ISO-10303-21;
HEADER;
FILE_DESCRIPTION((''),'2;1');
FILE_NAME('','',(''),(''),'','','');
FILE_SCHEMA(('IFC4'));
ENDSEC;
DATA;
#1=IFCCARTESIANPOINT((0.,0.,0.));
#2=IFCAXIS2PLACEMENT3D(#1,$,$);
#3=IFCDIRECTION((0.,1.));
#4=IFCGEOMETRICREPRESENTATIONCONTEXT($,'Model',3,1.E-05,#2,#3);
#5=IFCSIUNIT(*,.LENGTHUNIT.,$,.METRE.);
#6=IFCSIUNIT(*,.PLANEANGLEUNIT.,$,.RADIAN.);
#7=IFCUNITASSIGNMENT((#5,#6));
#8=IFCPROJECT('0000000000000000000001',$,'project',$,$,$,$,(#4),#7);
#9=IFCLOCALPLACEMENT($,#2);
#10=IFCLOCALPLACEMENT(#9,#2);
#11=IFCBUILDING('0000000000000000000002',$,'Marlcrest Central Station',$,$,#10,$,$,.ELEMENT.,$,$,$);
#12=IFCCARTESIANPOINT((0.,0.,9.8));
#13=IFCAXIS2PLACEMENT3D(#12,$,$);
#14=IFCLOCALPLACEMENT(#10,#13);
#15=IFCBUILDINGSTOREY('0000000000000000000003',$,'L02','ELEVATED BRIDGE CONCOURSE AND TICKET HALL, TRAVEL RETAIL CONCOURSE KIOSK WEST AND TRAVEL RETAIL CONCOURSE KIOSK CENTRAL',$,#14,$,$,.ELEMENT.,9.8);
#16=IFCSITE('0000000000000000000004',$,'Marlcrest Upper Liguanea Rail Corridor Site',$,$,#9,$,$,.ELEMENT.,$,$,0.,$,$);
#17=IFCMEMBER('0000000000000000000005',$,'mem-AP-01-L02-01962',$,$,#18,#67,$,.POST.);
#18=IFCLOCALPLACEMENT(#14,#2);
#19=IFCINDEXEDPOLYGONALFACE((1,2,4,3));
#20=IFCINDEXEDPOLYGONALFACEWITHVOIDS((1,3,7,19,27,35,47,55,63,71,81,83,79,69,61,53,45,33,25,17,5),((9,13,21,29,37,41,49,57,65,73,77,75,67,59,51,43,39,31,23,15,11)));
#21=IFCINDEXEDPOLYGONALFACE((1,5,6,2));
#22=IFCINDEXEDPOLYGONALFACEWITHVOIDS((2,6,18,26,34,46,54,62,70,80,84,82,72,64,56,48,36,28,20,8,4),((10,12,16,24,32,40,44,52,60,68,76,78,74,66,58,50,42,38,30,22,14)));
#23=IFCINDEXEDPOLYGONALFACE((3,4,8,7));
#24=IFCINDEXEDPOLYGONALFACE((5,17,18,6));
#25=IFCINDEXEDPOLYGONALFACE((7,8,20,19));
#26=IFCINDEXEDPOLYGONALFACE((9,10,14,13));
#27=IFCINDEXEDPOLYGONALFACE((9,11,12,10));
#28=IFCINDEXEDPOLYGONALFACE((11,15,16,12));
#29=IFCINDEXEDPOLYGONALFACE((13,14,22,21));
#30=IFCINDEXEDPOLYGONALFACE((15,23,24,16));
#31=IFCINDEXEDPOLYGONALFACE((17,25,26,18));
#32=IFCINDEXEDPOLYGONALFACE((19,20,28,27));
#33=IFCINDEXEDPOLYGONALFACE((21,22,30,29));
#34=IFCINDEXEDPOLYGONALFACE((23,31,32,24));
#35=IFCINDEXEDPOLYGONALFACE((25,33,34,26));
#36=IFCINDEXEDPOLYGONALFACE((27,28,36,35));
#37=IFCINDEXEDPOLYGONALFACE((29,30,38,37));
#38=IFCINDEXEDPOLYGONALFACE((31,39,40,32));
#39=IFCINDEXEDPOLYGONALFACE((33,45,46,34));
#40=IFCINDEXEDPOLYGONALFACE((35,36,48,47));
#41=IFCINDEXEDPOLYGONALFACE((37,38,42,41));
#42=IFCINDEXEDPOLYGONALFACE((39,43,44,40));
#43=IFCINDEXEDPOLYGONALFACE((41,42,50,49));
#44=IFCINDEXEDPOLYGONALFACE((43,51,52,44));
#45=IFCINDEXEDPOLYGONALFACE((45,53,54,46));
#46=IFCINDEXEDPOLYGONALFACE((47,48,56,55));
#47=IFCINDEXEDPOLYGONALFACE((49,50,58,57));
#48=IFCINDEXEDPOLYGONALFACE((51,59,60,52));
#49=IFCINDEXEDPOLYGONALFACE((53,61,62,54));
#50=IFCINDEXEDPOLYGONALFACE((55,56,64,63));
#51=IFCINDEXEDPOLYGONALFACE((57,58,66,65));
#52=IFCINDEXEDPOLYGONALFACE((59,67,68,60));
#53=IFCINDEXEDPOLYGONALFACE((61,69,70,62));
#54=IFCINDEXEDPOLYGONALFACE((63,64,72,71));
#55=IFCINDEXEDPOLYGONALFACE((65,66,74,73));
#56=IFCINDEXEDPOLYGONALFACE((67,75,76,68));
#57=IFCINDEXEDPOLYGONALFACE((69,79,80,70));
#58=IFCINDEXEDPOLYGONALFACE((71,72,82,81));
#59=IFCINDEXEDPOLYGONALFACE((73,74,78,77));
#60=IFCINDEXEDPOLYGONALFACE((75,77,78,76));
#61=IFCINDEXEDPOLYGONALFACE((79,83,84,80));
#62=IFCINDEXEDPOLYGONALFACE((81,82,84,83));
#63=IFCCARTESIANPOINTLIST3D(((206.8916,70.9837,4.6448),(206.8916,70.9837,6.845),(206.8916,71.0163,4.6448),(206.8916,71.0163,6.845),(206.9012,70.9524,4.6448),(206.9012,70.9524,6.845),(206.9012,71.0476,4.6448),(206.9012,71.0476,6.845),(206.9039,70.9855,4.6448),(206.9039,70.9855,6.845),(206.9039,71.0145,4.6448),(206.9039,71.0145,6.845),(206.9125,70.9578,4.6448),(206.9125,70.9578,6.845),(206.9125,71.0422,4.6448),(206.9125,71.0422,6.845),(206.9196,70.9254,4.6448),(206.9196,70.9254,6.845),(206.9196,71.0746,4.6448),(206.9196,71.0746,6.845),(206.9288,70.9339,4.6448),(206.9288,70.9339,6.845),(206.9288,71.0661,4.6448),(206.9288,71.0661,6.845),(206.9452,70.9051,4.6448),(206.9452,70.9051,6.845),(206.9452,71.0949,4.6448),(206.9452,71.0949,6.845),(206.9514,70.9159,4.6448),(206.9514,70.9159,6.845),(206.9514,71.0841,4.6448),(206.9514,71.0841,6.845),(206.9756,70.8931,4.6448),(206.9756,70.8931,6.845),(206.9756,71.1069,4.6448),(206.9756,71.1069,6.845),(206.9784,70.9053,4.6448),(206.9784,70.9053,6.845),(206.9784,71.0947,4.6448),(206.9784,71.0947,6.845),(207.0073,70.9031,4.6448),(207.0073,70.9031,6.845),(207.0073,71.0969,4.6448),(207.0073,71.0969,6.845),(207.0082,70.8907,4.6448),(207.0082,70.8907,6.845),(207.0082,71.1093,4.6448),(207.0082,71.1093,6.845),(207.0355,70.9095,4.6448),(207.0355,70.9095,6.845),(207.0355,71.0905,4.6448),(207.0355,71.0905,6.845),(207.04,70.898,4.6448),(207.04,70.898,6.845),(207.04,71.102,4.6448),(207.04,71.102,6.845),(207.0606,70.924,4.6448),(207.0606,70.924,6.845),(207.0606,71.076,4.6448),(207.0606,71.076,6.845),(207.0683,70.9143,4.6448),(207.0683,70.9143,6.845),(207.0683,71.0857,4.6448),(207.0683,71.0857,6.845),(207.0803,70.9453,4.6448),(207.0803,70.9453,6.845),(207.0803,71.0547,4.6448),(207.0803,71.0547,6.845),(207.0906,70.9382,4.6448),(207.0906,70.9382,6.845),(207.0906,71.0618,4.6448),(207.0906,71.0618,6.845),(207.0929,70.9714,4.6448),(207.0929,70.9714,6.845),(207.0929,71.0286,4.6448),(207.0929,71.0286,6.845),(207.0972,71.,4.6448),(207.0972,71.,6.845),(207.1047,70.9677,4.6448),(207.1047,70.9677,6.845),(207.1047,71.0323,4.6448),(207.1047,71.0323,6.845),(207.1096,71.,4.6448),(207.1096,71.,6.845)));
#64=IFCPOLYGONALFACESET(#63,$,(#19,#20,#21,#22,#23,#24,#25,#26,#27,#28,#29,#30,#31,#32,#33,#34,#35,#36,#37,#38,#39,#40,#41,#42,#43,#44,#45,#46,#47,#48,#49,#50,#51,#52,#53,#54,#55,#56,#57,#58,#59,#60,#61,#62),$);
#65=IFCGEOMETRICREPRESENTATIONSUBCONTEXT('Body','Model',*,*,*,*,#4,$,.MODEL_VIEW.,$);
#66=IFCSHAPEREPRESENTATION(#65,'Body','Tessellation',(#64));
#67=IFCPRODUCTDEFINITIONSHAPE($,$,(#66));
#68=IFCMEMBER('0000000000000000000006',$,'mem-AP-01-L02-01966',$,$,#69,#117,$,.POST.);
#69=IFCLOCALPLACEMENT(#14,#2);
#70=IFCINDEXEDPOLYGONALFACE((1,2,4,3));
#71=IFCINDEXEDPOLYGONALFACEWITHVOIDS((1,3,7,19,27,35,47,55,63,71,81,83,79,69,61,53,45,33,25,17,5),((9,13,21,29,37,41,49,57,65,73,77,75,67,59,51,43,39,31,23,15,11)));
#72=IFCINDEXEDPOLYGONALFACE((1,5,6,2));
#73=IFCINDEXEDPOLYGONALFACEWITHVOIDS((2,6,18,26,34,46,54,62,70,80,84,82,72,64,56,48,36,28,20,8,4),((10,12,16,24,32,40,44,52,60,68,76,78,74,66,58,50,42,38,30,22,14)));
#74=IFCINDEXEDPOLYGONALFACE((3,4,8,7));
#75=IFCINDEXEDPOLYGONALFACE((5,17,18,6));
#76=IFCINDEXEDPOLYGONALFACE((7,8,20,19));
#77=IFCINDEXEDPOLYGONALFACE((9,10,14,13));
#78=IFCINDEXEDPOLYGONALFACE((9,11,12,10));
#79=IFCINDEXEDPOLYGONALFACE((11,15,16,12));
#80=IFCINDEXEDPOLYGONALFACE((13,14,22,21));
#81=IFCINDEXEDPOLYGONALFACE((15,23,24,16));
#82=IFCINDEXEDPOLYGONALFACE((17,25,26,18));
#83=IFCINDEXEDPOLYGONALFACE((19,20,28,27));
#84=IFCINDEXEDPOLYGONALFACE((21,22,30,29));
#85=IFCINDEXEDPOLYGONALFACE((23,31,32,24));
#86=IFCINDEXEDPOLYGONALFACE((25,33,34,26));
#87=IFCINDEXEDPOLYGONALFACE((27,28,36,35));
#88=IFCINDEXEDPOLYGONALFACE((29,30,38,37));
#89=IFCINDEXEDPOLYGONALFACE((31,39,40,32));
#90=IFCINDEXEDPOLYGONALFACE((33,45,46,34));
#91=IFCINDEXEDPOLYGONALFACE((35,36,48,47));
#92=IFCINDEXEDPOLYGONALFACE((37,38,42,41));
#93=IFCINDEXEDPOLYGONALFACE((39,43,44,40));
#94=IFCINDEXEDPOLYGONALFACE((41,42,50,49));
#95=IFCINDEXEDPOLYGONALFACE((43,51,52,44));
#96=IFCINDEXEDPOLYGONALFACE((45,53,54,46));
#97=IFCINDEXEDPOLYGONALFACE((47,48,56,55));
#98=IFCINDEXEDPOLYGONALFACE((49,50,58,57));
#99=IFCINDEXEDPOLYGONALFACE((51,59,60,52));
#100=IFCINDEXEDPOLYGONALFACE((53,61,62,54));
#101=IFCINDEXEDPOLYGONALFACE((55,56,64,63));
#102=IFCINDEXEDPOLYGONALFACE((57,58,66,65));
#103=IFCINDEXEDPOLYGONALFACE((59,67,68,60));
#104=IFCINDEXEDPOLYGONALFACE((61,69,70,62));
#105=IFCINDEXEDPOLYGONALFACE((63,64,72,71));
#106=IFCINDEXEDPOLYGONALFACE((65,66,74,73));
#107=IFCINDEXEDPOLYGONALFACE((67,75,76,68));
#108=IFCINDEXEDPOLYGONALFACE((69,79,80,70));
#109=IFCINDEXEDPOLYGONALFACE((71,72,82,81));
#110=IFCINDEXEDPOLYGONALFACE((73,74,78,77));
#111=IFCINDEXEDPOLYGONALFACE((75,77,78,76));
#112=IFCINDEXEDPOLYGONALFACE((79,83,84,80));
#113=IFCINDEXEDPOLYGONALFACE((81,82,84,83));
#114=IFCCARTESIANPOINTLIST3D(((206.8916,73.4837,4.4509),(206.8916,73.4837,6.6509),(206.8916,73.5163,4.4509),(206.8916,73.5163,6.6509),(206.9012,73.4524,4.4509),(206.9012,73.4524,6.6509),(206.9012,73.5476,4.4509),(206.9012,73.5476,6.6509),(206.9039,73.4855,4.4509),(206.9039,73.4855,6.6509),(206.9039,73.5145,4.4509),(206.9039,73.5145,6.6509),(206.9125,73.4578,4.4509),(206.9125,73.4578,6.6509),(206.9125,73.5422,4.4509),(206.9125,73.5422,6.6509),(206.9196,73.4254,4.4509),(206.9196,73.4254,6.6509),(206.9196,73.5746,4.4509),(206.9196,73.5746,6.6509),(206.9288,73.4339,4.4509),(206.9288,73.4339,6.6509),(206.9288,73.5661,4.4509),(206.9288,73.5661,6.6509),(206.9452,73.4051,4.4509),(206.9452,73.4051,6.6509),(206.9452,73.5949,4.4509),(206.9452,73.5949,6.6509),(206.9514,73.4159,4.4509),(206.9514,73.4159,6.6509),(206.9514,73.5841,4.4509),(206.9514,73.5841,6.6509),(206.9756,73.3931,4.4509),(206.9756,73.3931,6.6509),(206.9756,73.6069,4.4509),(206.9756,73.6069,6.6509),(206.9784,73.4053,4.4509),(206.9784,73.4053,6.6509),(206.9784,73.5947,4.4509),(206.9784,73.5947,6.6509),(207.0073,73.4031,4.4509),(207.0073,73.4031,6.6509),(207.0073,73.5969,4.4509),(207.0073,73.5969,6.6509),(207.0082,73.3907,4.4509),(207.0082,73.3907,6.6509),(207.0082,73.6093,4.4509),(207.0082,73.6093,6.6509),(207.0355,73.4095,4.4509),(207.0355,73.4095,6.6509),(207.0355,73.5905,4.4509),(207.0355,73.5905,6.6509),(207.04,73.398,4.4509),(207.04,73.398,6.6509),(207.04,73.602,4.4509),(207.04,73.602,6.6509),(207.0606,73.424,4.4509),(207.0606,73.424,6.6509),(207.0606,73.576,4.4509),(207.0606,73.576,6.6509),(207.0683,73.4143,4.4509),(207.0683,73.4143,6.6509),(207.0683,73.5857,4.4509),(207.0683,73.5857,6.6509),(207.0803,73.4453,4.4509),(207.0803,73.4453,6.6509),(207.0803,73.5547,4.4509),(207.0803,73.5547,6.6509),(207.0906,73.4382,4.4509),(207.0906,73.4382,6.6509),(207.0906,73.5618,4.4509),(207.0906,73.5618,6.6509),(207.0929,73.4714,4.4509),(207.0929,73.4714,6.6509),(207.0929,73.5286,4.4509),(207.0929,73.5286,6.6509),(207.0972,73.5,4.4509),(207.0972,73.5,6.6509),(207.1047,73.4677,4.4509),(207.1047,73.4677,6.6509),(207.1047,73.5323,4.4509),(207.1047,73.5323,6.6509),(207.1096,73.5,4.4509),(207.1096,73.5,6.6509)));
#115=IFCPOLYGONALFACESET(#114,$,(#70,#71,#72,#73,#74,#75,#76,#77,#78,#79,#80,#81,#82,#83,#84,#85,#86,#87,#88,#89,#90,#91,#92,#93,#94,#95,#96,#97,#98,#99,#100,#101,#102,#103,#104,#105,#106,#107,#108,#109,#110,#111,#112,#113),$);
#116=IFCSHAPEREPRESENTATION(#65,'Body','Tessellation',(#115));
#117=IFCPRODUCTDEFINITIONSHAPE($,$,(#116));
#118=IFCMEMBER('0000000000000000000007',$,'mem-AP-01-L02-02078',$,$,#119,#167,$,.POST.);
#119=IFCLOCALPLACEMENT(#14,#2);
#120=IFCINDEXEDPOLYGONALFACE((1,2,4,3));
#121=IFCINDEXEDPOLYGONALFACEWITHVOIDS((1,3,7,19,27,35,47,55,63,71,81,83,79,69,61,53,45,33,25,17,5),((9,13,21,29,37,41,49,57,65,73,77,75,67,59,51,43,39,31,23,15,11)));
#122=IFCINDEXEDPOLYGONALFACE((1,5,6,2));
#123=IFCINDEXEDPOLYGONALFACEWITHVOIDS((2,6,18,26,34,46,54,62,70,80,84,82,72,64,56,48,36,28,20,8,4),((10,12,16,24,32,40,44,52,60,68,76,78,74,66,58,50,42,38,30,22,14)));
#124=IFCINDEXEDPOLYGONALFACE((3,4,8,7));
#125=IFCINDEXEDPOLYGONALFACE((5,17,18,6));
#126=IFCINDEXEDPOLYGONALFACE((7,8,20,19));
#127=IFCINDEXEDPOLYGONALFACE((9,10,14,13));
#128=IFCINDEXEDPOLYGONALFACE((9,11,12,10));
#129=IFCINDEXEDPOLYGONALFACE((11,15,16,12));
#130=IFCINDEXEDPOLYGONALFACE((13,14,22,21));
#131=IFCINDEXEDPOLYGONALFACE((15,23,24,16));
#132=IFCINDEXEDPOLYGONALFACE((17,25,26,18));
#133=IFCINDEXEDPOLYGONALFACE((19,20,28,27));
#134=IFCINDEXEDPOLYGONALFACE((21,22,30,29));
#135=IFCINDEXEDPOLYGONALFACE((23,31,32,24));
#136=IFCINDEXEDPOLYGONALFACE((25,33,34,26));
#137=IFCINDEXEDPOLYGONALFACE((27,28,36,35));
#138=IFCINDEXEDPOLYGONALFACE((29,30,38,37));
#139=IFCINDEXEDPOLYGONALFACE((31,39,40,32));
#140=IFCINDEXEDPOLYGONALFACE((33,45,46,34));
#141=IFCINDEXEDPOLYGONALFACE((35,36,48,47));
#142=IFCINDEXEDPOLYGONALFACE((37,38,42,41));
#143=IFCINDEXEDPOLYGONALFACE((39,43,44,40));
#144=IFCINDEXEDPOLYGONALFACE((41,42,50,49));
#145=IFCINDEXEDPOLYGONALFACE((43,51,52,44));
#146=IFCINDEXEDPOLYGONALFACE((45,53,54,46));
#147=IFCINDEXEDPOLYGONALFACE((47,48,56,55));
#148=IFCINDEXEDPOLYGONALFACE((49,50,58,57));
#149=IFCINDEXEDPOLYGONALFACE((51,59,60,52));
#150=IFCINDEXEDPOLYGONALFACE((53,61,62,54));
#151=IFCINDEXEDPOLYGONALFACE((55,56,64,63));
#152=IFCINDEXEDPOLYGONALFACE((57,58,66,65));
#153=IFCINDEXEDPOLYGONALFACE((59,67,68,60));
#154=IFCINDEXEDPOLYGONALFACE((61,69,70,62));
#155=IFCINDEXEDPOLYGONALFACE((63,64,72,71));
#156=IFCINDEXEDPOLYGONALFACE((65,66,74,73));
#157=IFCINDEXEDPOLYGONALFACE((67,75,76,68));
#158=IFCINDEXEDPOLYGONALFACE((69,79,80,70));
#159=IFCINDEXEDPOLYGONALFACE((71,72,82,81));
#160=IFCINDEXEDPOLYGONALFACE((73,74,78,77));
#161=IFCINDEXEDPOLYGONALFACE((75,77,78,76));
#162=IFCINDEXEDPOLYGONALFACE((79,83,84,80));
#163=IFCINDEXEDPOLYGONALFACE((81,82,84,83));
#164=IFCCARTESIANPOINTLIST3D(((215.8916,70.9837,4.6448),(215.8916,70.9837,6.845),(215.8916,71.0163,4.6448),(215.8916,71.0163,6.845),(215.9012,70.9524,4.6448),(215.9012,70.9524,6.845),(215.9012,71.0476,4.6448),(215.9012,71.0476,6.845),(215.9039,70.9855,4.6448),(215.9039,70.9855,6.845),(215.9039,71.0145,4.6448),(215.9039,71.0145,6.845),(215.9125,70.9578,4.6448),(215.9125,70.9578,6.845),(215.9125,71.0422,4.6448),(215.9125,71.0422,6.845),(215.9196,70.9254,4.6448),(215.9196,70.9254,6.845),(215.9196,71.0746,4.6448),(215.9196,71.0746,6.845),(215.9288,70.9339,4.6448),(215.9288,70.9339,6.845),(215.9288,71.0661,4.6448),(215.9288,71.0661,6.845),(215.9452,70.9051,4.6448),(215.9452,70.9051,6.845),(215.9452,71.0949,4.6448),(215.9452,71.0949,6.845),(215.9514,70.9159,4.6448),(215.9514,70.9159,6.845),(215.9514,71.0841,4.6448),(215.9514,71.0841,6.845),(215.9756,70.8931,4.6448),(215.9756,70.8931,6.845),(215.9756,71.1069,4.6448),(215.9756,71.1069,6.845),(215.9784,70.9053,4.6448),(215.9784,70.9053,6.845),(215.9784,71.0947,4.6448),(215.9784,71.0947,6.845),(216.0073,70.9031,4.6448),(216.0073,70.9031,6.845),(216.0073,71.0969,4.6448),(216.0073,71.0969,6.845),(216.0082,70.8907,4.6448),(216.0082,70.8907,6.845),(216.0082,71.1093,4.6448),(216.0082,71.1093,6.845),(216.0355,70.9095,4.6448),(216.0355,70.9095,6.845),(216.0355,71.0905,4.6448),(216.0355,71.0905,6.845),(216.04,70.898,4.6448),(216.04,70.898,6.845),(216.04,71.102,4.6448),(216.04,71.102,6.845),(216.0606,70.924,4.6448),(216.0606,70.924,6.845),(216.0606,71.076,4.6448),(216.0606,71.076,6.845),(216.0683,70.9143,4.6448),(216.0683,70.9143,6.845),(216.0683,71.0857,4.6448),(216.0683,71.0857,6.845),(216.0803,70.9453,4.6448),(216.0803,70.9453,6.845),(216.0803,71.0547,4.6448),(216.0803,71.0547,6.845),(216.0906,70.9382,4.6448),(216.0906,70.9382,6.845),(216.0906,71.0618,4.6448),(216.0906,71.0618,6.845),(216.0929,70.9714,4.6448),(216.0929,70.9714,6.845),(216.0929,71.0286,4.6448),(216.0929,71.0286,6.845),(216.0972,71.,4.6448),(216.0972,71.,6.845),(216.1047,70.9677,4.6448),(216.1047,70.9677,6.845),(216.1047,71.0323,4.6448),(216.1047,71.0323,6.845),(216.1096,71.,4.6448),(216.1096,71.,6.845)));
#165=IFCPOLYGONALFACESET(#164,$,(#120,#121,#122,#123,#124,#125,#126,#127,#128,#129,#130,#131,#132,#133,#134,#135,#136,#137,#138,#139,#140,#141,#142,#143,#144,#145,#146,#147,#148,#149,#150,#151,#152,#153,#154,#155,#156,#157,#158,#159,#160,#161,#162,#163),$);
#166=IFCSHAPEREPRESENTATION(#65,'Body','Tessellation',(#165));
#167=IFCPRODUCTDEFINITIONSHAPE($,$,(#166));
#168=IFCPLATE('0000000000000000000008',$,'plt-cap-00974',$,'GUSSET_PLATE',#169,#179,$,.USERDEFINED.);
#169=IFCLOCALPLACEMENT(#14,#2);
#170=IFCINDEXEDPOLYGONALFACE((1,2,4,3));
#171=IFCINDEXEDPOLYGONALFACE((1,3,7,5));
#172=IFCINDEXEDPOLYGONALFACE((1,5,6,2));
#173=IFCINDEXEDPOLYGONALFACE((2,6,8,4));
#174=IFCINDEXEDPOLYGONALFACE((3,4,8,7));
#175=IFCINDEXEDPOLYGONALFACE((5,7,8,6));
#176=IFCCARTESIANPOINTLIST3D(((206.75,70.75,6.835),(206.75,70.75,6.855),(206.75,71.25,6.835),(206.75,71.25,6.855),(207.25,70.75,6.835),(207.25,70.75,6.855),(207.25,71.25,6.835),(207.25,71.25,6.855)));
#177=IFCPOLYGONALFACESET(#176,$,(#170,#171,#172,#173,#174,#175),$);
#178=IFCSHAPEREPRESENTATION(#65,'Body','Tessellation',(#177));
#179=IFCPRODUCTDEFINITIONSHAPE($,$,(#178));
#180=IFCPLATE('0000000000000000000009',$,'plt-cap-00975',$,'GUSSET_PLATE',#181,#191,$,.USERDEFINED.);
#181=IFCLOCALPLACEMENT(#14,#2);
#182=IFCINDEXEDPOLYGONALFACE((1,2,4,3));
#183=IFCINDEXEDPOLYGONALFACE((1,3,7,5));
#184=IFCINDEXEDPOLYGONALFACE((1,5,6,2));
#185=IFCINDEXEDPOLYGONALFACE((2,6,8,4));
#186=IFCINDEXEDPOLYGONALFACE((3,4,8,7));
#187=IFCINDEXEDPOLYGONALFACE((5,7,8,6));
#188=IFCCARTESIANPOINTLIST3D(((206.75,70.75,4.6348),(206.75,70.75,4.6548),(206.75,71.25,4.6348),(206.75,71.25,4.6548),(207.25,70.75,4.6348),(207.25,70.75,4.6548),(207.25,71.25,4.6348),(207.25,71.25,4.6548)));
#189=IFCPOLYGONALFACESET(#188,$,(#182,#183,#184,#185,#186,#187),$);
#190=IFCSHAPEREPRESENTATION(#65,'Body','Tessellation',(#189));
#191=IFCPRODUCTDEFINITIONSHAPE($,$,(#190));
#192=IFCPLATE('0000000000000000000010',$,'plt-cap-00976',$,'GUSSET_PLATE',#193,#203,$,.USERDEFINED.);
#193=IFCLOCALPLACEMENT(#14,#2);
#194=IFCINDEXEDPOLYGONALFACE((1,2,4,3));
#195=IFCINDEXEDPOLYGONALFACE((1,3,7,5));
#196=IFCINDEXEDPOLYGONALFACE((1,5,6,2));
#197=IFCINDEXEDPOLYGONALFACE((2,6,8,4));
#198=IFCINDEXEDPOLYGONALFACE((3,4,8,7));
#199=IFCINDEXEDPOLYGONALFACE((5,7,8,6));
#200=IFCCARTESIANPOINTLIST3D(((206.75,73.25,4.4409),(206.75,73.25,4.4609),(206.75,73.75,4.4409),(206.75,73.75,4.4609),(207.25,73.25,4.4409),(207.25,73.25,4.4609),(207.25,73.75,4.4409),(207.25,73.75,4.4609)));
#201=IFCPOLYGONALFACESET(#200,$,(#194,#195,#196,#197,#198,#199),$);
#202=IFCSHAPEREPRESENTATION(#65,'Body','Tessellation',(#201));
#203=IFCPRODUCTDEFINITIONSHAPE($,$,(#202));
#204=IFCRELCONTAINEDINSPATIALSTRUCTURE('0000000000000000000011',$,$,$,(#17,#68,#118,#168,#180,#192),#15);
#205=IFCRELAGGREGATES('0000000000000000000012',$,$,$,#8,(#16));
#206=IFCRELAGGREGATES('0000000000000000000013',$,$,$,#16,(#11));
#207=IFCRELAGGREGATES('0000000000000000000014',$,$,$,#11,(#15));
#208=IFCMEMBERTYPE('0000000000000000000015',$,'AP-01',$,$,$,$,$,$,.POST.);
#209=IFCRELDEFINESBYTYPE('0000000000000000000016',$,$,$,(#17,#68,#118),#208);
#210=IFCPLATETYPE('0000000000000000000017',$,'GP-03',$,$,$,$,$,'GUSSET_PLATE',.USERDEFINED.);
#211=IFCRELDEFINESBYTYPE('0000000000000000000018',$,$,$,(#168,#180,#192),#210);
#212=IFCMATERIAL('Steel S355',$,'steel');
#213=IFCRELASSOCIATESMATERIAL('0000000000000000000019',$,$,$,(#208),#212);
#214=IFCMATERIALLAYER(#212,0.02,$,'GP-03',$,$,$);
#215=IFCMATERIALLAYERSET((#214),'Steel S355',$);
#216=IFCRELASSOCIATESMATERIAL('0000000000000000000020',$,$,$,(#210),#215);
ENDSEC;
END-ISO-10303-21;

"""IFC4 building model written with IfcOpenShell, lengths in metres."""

from ifc_helpers import new_model, si_unit, direction, frame, origin, origin_2d, place, context, subcontext, project, spatial, rectangle, hollow_circle, extrude, material, layer, layer_set, material_profile, profile_set, type_object, element, save


model = new_model("IFC4")

# Units and contexts
model_context = context("Model", 3, precision=1e-05, world=origin(), true_north=direction((0.0, 1.0)))
body_context = subcontext(model_context, "Body", "Model", "MODEL_VIEW")
ifc_project = project(units=[si_unit("LENGTHUNIT", "METRE"), si_unit("PLANEANGLEUNIT", "RADIAN")], contexts=[model_context])

# Site, building, storey
site_placement = place(None, origin())
site = spatial("IfcSite", under=ifc_project, at=site_placement, Name="Marlcrest Upper Liguanea Rail Corridor Site", CompositionType="ELEMENT", RefElevation=0.0)
building_placement = place(site_placement, origin())
building = spatial("IfcBuilding", under=site, at=building_placement, Name="Marlcrest Central Station", CompositionType="ELEMENT")
storey_placement = place(building_placement, frame((0.0, 0.0, 9.8)))
storey = spatial("IfcBuildingStorey", under=building, at=storey_placement, Name="L02", Description="ELEVATED BRIDGE CONCOURSE AND TICKET HALL, TRAVEL RETAIL CONCOURSE KIOSK WEST AND TRAVEL RETAIL CONCOURSE KIOSK CENTRAL", CompositionType="ELEMENT", Elevation=9.8)

# Members
ifc_material = material(Name="Steel S355", Category="steel")
ifc_material_profile_1 = material_profile(ifc_material, hollow_circle(Radius=0.1096, WallThickness=0.0125, at=origin_2d()), Name="CHS 219.1x12.5")
ifc_profile_set_1 = profile_set([ifc_material_profile_1], Name="Steel S355")
member_type_1 = type_object("IfcMemberType", Name="AP-01", PredefinedType="POST", material=ifc_profile_set_1)
member_1_placement = place(storey_placement, frame((207.0, 71.0, 4.6448), z_axis=(0.0, 0.0, 1.0), x_axis=(1.0, 0.0, 0.0)))
element("IfcMember", 1, at=member_1_placement, inside=storey, type_object=member_type_1, Name="mem-AP-01-L02-01962", PredefinedType="POST", context=body_context, shape_type="SweptSolid", body=[
    extrude(hollow_circle(Radius=0.1096, WallThickness=0.0125, at=origin_2d()), origin(), (0.0, 0.0, 1.0), 2.2002),
])
member_2_placement = place(storey_placement, frame((207.0, 73.5, 4.4509), z_axis=(0.0, 0.0, 1.0), x_axis=(1.0, 0.0, 0.0)))
element("IfcMember", 2, at=member_2_placement, inside=storey, type_object=member_type_1, Name="mem-AP-01-L02-01966", PredefinedType="POST", context=body_context, shape_type="SweptSolid", body=[
    extrude(hollow_circle(Radius=0.1096, WallThickness=0.0125, at=origin_2d()), origin(), (0.0, 0.0, 1.0), 2.2),
])
member_3_placement = place(storey_placement, frame((216.0, 71.0, 4.6448), z_axis=(0.0, 0.0, 1.0), x_axis=(1.0, 0.0, 0.0)))
element("IfcMember", 3, at=member_3_placement, inside=storey, type_object=member_type_1, Name="mem-AP-01-L02-02078", PredefinedType="POST", context=body_context, shape_type="SweptSolid", body=[
    extrude(hollow_circle(Radius=0.1096, WallThickness=0.0125, at=origin_2d()), origin(), (0.0, 0.0, 1.0), 2.2002),
])

# Plates
ifc_layer = layer(ifc_material, 0.02, Name="GP-03")
ifc_layer_set = layer_set([ifc_layer], Name="Steel S355")
plate_type = type_object("IfcPlateType", Name="GP-03", ElementType="GUSSET_PLATE", PredefinedType="USERDEFINED", material=ifc_layer_set)
for number, where, z_axis, x_axis, name in (
    (4, (207.0, 71.0, 6.835), (0.0, 0.0, 1.0), (1.0, 0.0, 0.0), "plt-cap-00974"),
    (5, (207.0, 71.0, 4.6348), (0.0, 0.0, 1.0), (1.0, 0.0, 0.0), "plt-cap-00975"),
    (6, (207.0, 73.5, 4.4409), (0.0, 0.0, 1.0), (1.0, 0.0, 0.0), "plt-cap-00976"),
):
    element("IfcPlate", number, at=place(storey_placement, frame(where, z_axis=z_axis, x_axis=x_axis)), inside=storey, type_object=plate_type, Name=name, ObjectType="GUSSET_PLATE", PredefinedType="USERDEFINED", context=body_context, shape_type="SweptSolid", body=[
        extrude(rectangle(XDim=0.5, YDim=0.5, at=origin_2d()), origin(), (0.0, 0.0, 1.0), 0.02),
    ])

save(model, "model.ifc")
